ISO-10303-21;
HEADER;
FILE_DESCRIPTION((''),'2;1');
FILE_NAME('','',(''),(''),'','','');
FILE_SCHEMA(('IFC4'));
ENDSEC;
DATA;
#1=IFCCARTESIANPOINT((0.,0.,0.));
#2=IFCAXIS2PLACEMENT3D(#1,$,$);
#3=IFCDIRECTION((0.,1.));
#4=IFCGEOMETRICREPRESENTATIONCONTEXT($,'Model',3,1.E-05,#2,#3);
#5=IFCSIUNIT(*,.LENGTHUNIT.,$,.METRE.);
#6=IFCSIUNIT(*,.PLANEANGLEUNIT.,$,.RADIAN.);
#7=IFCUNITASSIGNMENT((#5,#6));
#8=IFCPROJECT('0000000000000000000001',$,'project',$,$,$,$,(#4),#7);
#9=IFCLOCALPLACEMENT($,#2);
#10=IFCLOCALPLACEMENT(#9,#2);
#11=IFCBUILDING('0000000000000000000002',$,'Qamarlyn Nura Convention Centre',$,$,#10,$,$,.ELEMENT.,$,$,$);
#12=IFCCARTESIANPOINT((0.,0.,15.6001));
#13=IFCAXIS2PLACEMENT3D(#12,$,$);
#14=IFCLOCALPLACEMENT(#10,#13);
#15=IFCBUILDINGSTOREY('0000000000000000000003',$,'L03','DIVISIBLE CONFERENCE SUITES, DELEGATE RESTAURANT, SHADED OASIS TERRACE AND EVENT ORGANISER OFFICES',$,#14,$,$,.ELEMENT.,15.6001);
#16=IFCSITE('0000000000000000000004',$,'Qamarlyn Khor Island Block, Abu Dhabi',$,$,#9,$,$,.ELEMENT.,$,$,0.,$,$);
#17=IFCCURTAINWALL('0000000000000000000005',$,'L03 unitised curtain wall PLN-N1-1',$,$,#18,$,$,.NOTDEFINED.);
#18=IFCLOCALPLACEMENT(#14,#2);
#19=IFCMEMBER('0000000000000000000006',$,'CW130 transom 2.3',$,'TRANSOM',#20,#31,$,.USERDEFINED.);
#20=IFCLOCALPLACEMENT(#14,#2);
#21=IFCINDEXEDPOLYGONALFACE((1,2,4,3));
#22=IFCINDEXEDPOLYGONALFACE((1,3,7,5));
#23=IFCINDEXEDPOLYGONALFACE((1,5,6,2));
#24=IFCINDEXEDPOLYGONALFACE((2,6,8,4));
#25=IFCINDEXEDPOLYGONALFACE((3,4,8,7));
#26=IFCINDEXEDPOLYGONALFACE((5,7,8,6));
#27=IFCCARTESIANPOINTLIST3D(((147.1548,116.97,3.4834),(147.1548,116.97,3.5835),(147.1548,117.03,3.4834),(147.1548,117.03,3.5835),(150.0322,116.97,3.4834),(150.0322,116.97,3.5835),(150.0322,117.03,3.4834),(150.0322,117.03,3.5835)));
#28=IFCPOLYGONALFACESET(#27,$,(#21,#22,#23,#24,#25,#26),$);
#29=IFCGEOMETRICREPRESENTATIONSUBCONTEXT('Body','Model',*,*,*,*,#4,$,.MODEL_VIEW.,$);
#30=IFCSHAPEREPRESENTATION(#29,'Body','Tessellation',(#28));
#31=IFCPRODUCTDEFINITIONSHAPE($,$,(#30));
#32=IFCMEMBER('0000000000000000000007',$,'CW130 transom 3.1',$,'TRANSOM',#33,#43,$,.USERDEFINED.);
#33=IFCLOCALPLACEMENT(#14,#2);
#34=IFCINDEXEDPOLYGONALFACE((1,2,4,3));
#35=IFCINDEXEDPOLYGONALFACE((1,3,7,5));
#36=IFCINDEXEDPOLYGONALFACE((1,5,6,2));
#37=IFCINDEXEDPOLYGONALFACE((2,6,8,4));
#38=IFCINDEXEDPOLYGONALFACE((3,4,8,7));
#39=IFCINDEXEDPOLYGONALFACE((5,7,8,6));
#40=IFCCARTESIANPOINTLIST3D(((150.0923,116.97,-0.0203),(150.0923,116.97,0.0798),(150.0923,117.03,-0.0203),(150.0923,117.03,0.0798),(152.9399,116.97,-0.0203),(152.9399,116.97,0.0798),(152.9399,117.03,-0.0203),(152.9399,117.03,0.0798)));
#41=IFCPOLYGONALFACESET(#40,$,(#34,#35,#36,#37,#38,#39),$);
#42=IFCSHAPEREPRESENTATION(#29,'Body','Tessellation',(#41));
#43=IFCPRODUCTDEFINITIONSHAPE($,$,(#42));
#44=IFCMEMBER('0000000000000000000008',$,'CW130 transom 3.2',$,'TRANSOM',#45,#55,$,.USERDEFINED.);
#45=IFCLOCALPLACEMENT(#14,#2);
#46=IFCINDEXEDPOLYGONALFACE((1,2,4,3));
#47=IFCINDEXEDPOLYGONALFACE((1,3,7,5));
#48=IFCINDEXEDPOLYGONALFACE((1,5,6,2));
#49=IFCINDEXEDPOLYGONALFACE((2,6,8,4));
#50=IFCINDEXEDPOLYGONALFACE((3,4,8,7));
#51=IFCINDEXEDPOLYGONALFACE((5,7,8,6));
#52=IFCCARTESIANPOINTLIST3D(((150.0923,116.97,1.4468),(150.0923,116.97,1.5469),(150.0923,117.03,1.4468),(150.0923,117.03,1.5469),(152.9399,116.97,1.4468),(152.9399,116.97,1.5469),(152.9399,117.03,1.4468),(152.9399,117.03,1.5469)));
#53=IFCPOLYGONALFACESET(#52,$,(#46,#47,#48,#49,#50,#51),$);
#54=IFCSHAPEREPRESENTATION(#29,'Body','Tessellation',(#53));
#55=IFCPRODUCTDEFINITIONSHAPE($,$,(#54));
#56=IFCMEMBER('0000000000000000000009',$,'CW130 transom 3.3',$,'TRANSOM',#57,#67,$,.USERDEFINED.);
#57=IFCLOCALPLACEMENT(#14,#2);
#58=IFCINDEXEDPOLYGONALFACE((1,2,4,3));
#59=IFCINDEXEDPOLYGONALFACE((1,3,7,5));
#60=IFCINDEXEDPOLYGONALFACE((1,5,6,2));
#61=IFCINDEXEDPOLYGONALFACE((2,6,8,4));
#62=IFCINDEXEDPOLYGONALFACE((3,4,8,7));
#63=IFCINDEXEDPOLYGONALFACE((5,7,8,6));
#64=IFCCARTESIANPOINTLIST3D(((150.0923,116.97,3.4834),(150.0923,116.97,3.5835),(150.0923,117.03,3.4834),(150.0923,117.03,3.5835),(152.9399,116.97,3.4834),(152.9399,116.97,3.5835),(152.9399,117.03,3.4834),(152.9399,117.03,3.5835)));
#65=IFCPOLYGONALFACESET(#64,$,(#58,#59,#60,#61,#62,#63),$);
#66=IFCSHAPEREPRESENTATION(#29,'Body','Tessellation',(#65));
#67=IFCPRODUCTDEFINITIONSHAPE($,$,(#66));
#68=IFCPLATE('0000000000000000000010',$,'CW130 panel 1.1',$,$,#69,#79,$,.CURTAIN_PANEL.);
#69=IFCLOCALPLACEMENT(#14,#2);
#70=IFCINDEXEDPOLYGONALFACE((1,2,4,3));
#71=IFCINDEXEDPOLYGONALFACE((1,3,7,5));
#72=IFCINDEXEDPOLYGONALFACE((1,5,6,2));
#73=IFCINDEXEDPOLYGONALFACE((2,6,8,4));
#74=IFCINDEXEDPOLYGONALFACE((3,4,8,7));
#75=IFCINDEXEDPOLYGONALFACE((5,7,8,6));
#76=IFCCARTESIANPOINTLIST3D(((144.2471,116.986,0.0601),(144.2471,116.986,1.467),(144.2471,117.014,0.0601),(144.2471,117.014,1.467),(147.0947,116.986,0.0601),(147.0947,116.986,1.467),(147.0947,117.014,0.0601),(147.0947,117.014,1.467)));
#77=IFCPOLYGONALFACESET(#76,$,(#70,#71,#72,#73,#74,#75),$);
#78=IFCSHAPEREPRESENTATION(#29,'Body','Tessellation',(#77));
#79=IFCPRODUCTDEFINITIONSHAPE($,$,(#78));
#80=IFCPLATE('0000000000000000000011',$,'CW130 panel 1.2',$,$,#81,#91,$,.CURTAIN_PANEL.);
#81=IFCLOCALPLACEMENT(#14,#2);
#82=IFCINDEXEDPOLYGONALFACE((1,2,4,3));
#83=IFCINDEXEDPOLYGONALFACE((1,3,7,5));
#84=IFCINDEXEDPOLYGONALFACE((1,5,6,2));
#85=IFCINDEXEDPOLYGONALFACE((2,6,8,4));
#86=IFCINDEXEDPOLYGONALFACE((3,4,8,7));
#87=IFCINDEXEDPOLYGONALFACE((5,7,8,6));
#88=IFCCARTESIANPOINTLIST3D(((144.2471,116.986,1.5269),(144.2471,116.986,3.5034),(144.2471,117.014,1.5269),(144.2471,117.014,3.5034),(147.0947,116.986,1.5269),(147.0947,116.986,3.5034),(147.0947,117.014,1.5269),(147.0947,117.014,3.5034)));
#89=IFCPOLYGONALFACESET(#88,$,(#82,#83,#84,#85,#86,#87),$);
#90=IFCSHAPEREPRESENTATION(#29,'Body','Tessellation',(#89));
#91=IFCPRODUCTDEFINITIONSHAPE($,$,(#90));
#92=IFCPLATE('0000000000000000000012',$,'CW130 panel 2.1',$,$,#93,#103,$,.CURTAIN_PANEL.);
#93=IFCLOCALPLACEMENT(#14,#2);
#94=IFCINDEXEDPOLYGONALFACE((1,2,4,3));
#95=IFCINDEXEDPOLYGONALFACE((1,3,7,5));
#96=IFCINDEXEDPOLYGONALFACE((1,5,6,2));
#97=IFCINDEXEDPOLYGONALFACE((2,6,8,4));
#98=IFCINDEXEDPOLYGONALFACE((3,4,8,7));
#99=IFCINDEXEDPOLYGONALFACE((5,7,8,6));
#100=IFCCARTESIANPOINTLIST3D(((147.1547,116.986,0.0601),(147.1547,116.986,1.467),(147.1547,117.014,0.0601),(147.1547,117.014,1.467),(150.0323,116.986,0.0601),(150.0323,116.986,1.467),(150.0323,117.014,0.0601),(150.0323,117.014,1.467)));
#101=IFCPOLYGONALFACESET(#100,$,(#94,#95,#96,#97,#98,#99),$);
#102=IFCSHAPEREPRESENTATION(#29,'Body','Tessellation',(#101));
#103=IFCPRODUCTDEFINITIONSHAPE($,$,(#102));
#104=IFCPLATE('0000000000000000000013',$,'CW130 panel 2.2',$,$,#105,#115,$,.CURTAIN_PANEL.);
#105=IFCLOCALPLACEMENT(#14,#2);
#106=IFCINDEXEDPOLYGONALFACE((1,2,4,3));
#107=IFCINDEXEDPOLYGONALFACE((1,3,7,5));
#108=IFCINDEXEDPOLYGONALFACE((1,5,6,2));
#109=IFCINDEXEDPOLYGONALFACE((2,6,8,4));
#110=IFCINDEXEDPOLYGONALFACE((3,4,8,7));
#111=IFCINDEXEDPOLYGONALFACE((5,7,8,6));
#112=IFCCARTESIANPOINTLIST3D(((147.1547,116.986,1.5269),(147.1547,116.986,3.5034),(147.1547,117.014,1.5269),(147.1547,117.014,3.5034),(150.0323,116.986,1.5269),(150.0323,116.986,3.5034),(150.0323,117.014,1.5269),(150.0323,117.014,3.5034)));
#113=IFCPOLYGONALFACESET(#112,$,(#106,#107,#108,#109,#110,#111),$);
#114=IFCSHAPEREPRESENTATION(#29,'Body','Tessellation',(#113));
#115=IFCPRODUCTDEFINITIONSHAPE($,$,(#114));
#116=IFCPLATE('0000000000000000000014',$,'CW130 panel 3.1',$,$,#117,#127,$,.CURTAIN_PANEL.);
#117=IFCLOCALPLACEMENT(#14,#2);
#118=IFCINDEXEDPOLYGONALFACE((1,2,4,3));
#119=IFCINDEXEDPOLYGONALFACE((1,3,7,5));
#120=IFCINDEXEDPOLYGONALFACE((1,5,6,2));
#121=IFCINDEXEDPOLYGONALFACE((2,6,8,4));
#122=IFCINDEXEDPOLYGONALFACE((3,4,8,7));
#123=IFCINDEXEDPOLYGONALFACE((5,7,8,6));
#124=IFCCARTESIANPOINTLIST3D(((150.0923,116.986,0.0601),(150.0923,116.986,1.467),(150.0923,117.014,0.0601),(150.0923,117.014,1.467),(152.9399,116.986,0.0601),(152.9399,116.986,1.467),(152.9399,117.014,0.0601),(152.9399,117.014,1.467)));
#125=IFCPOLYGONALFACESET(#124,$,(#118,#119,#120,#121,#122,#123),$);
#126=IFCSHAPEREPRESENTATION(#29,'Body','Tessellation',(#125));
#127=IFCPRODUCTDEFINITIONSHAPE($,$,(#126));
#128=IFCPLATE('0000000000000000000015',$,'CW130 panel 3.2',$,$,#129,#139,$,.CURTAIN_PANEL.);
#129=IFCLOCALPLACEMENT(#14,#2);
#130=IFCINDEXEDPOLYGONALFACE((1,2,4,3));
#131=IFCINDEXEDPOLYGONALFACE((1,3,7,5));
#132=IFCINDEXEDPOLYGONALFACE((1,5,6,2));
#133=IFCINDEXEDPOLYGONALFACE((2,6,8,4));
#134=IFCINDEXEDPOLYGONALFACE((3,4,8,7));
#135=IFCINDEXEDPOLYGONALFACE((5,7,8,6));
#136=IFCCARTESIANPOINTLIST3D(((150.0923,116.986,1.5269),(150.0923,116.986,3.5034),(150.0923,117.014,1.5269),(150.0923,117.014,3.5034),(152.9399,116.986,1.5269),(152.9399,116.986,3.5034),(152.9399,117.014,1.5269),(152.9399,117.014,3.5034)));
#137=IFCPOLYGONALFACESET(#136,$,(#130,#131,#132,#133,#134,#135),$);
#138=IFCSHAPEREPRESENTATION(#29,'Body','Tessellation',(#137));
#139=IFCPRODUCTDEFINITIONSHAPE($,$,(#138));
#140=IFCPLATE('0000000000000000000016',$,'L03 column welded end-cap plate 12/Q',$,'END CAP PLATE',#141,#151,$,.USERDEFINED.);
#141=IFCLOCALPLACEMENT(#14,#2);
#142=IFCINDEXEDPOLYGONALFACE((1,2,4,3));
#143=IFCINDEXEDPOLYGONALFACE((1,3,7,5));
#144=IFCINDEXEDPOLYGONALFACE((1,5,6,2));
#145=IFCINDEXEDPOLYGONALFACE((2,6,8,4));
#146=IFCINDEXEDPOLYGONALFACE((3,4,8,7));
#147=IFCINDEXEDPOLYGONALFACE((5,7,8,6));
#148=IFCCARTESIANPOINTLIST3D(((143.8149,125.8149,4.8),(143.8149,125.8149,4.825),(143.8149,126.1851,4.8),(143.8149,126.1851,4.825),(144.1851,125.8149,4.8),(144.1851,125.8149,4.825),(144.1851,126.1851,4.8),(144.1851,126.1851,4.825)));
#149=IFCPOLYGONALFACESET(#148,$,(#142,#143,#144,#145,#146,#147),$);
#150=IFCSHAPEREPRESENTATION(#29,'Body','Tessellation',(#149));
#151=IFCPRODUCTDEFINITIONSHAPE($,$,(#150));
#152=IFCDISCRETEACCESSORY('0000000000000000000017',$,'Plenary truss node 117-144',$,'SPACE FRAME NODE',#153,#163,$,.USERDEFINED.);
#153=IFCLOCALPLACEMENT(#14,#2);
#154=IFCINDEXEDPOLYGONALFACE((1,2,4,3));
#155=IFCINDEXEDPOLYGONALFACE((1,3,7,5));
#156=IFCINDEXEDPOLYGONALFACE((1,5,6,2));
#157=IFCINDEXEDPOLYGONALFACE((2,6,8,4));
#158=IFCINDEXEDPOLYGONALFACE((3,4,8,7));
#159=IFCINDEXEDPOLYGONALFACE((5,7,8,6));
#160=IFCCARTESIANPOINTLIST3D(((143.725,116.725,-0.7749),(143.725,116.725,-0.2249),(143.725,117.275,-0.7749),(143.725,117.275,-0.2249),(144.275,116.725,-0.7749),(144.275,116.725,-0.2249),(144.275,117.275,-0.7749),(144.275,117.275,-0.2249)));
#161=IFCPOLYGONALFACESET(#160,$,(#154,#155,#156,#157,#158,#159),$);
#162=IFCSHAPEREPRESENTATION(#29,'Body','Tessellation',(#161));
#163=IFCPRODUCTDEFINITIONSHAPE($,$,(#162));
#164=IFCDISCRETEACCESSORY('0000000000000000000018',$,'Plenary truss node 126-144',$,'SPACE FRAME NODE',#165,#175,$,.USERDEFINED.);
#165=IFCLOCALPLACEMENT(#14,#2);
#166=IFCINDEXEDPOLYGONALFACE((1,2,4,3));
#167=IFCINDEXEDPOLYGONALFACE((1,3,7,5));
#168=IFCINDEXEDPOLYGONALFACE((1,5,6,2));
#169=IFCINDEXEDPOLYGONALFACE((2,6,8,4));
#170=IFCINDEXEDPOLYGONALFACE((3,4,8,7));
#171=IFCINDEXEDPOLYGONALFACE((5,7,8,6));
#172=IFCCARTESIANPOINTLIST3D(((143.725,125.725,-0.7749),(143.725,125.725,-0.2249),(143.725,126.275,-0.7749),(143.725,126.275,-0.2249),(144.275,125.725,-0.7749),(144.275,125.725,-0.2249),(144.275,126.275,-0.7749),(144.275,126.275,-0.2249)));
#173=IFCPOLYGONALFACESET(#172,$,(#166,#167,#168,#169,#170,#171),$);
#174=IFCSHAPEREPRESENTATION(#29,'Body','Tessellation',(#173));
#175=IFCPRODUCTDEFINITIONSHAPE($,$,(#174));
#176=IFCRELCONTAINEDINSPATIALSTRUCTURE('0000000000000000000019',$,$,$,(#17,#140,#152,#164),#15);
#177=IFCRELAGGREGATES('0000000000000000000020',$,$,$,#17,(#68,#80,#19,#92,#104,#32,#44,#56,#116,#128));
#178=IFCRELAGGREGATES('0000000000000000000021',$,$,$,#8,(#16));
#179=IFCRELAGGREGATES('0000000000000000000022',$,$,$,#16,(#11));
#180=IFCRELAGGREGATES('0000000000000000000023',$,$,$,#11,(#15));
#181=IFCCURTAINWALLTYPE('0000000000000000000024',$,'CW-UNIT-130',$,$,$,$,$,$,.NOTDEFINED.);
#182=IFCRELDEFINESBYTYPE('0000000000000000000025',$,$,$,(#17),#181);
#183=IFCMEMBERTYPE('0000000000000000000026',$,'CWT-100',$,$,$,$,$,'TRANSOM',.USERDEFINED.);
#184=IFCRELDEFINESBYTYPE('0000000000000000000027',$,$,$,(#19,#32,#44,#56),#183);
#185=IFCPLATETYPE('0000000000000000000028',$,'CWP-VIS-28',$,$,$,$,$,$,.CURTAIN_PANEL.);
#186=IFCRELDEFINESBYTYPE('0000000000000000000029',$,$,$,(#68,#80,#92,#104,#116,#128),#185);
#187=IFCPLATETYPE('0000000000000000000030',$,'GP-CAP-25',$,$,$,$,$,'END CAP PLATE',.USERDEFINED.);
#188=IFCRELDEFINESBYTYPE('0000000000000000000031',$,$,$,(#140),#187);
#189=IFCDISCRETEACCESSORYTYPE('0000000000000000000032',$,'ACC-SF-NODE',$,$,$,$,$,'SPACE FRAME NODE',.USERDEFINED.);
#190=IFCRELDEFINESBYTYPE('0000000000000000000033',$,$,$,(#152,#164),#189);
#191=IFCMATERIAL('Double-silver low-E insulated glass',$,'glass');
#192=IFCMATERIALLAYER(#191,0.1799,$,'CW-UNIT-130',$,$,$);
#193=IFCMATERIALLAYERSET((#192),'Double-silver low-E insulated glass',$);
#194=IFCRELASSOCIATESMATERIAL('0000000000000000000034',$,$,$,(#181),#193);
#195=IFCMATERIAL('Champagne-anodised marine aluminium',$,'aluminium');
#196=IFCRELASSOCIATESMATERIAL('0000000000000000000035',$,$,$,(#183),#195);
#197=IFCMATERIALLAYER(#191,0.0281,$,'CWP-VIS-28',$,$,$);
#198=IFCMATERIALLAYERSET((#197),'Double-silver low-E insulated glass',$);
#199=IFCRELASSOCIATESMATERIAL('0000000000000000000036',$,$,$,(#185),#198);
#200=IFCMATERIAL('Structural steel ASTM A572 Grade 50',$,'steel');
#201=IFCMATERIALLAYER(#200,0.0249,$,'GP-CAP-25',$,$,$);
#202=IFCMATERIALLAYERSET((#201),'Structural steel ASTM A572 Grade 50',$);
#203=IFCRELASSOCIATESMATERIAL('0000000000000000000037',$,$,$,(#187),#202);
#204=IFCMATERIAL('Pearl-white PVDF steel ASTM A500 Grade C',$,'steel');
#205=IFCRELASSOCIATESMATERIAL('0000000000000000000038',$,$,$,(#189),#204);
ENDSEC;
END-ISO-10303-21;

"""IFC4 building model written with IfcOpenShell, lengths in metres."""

from ifc_helpers import new_model, si_unit, direction, frame, origin, origin_2d, place, context, subcontext, project, spatial, rectangle, extrude, material, layer, layer_set, material_profile, profile_set, type_object, element, aggregate, save


model = new_model("IFC4")

# Units and contexts
model_context = context("Model", 3, precision=1e-05, world=origin(), true_north=direction((0.0, 1.0)))
body_context = subcontext(model_context, "Body", "Model", "MODEL_VIEW")
ifc_project = project(units=[si_unit("LENGTHUNIT", "METRE"), si_unit("PLANEANGLEUNIT", "RADIAN")], contexts=[model_context])

# Site, building, storey
site_placement = place(None, origin())
site = spatial("IfcSite", under=ifc_project, at=site_placement, Name="Qamarlyn Khor Island Block, Abu Dhabi", CompositionType="ELEMENT", RefElevation=0.0)
building_placement = place(site_placement, origin())
building = spatial("IfcBuilding", under=site, at=building_placement, Name="Qamarlyn Nura Convention Centre", CompositionType="ELEMENT")
storey_placement = place(building_placement, frame((0.0, 0.0, 15.6001)))
storey = spatial("IfcBuildingStorey", under=building, at=storey_placement, Name="L03", Description="DIVISIBLE CONFERENCE SUITES, DELEGATE RESTAURANT, SHADED OASIS TERRACE AND EVENT ORGANISER OFFICES", CompositionType="ELEMENT", Elevation=15.6001)

# Curtain wall, members, plates
ifc_material_1 = material(Name="Double-silver low-E insulated glass", Category="glass")
ifc_layer_1 = layer(ifc_material_1, 0.1799, Name="CW-UNIT-130")
ifc_layer_set_1 = layer_set([ifc_layer_1], Name="Double-silver low-E insulated glass")
curtain_wall_type = type_object("IfcCurtainWallType", Name="CW-UNIT-130", PredefinedType="NOTDEFINED", material=ifc_layer_set_1)
curtain_wall_placement = place(storey_placement, origin())
curtain_wall = element("IfcCurtainWall", 1, at=curtain_wall_placement, inside=storey, type_object=curtain_wall_type, Name="L03 unitised curtain wall PLN-N1-1", PredefinedType="NOTDEFINED")
ifc_material_2 = material(Name="Champagne-anodised marine aluminium", Category="aluminium")
ifc_material_profile_1 = material_profile(ifc_material_2, rectangle(XDim=0.0601, YDim=0.1001, at=origin_2d()), Name="ALU TRANSOM 60x100")
ifc_profile_set_1 = profile_set([ifc_material_profile_1], Name="Champagne-anodised marine aluminium")
member_type_1 = type_object("IfcMemberType", Name="CWT-100", ElementType="TRANSOM", PredefinedType="USERDEFINED", material=ifc_profile_set_1)
member_1_placement = place(storey_placement, frame((147.1548, 117.0, 3.5334), z_axis=(1.0, 0.0, 0.0), x_axis=(0.0, 1.0, 0.0)))
member_1 = element("IfcMember", 2, at=member_1_placement, type_object=member_type_1, Name="CW130 transom 2.3", ObjectType="TRANSOM", PredefinedType="USERDEFINED", context=body_context, shape_type="SweptSolid", body=[
    extrude(rectangle(XDim=0.0601, YDim=0.1001, at=origin_2d()), origin(), (0.0, 0.0, 1.0), 2.8774),
])
member_2_placement = place(storey_placement, frame((150.0923, 117.0, 0.0298), z_axis=(1.0, 0.0, 0.0), x_axis=(0.0, 1.0, 0.0)))
member_2 = element("IfcMember", 3, at=member_2_placement, type_object=member_type_1, Name="CW130 transom 3.1", ObjectType="TRANSOM", PredefinedType="USERDEFINED", context=body_context, shape_type="SweptSolid", body=[
    extrude(rectangle(XDim=0.0601, YDim=0.1001, at=origin_2d()), origin(), (0.0, 0.0, 1.0), 2.8477),
])
member_3_placement = place(storey_placement, frame((150.0923, 117.0, 1.4968), z_axis=(1.0, 0.0, 0.0), x_axis=(0.0, 1.0, 0.0)))
member_3 = element("IfcMember", 4, at=member_3_placement, type_object=member_type_1, Name="CW130 transom 3.2", ObjectType="TRANSOM", PredefinedType="USERDEFINED", context=body_context, shape_type="SweptSolid", body=[
    extrude(rectangle(XDim=0.0601, YDim=0.1001, at=origin_2d()), origin(), (0.0, 0.0, 1.0), 2.8477),
])
member_4_placement = place(storey_placement, frame((150.0923, 117.0, 3.5334), z_axis=(1.0, 0.0, 0.0), x_axis=(0.0, 1.0, 0.0)))
member_4 = element("IfcMember", 5, at=member_4_placement, type_object=member_type_1, Name="CW130 transom 3.3", ObjectType="TRANSOM", PredefinedType="USERDEFINED", context=body_context, shape_type="SweptSolid", body=[
    extrude(rectangle(XDim=0.0601, YDim=0.1001, at=origin_2d()), origin(), (0.0, 0.0, 1.0), 2.8477),
])
ifc_layer_2 = layer(ifc_material_1, 0.0281, Name="CWP-VIS-28")
ifc_layer_set_2 = layer_set([ifc_layer_2], Name="Double-silver low-E insulated glass")
plate_type_1 = type_object("IfcPlateType", Name="CWP-VIS-28", PredefinedType="CURTAIN_PANEL", material=ifc_layer_set_2)
plate_1_placement = place(storey_placement, frame((145.6709, 117.0, 0.0601), z_axis=(0.0, 0.0, 1.0), x_axis=(1.0, 0.0, 0.0)))
plate_1 = element("IfcPlate", 6, at=plate_1_placement, type_object=plate_type_1, Name="CW130 panel 1.1", PredefinedType="CURTAIN_PANEL", context=body_context, shape_type="SweptSolid", body=[
    extrude(rectangle(XDim=2.8477, YDim=0.0281, at=origin_2d()), origin(), (0.0, 0.0, 1.0), 1.407),
])
plate_2_placement = place(storey_placement, frame((145.6709, 117.0, 1.5269), z_axis=(0.0, 0.0, 1.0), x_axis=(1.0, 0.0, 0.0)))
plate_2 = element("IfcPlate", 7, at=plate_2_placement, type_object=plate_type_1, Name="CW130 panel 1.2", PredefinedType="CURTAIN_PANEL", context=body_context, shape_type="SweptSolid", body=[
    extrude(rectangle(XDim=2.8477, YDim=0.0281, at=origin_2d()), origin(), (0.0, 0.0, 1.0), 1.9766),
])
plate_3_placement = place(storey_placement, frame((148.5935, 117.0, 0.0601), z_axis=(0.0, 0.0, 1.0), x_axis=(1.0, 0.0, 0.0)))
plate_3 = element("IfcPlate", 8, at=plate_3_placement, type_object=plate_type_1, Name="CW130 panel 2.1", PredefinedType="CURTAIN_PANEL", context=body_context, shape_type="SweptSolid", body=[
    extrude(rectangle(XDim=2.8777, YDim=0.0281, at=origin_2d()), origin(), (0.0, 0.0, 1.0), 1.407),
])
plate_4_placement = place(storey_placement, frame((148.5935, 117.0, 1.5269), z_axis=(0.0, 0.0, 1.0), x_axis=(1.0, 0.0, 0.0)))
plate_4 = element("IfcPlate", 9, at=plate_4_placement, type_object=plate_type_1, Name="CW130 panel 2.2", PredefinedType="CURTAIN_PANEL", context=body_context, shape_type="SweptSolid", body=[
    extrude(rectangle(XDim=2.8777, YDim=0.0281, at=origin_2d()), origin(), (0.0, 0.0, 1.0), 1.9766),
])
plate_5_placement = place(storey_placement, frame((151.5161, 117.0, 0.0601), z_axis=(0.0, 0.0, 1.0), x_axis=(1.0, 0.0, 0.0)))
plate_5 = element("IfcPlate", 10, at=plate_5_placement, type_object=plate_type_1, Name="CW130 panel 3.1", PredefinedType="CURTAIN_PANEL", context=body_context, shape_type="SweptSolid", body=[
    extrude(rectangle(XDim=2.8477, YDim=0.0281, at=origin_2d()), origin(), (0.0, 0.0, 1.0), 1.407),
])
plate_6_placement = place(storey_placement, frame((151.5161, 117.0, 1.5269), z_axis=(0.0, 0.0, 1.0), x_axis=(1.0, 0.0, 0.0)))
plate_6 = element("IfcPlate", 11, at=plate_6_placement, type_object=plate_type_1, Name="CW130 panel 3.2", PredefinedType="CURTAIN_PANEL", context=body_context, shape_type="SweptSolid", body=[
    extrude(rectangle(XDim=2.8477, YDim=0.0281, at=origin_2d()), origin(), (0.0, 0.0, 1.0), 1.9766),
])
aggregate(curtain_wall, [plate_1, plate_2, member_1, plate_3, plate_4, member_2, member_3, member_4, plate_5, plate_6])

# Plate
ifc_material_3 = material(Name="Structural steel ASTM A572 Grade 50", Category="steel")
ifc_layer_3 = layer(ifc_material_3, 0.0249, Name="GP-CAP-25")
ifc_layer_set_3 = layer_set([ifc_layer_3], Name="Structural steel ASTM A572 Grade 50")
plate_type_2 = type_object("IfcPlateType", Name="GP-CAP-25", ElementType="END CAP PLATE", PredefinedType="USERDEFINED", material=ifc_layer_set_3)
plate_7_placement = place(storey_placement, frame((144.0, 126.0, 4.8), z_axis=(0.0, 0.0, 1.0), x_axis=(1.0, 0.0, 0.0)))
element("IfcPlate", 12, at=plate_7_placement, inside=storey, type_object=plate_type_2, Name="L03 column welded end-cap plate 12/Q", ObjectType="END CAP PLATE", PredefinedType="USERDEFINED", context=body_context, shape_type="SweptSolid", body=[
    extrude(rectangle(XDim=0.3701, YDim=0.3701, at=origin_2d()), origin(), (0.0, 0.0, 1.0), 0.0249),
])

# Discrete accessories
ifc_material_4 = material(Name="Pearl-white PVDF steel ASTM A500 Grade C", Category="steel")
discrete_accessory_type = type_object("IfcDiscreteAccessoryType", Name="ACC-SF-NODE", ElementType="SPACE FRAME NODE", PredefinedType="USERDEFINED", material=ifc_material_4)
for number, where, z_axis, x_axis, name in (
    (13, (144.0, 117.0, -0.7749), (0.0, 0.0, 1.0), (1.0, 0.0, 0.0), "Plenary truss node 117-144"),
    (14, (144.0, 126.0, -0.7749), (0.0, 0.0, 1.0), (1.0, 0.0, 0.0), "Plenary truss node 126-144"),
):
    element("IfcDiscreteAccessory", number, at=place(storey_placement, frame(where, z_axis=z_axis, x_axis=x_axis)), inside=storey, type_object=discrete_accessory_type, Name=name, ObjectType="SPACE FRAME NODE", PredefinedType="USERDEFINED", context=body_context, shape_type="SweptSolid", body=[
        extrude(rectangle(XDim=0.55, YDim=0.55, at=origin_2d()), origin(), (0.0, 0.0, 1.0), 0.55),
    ])

save(model, "model.ifc")
